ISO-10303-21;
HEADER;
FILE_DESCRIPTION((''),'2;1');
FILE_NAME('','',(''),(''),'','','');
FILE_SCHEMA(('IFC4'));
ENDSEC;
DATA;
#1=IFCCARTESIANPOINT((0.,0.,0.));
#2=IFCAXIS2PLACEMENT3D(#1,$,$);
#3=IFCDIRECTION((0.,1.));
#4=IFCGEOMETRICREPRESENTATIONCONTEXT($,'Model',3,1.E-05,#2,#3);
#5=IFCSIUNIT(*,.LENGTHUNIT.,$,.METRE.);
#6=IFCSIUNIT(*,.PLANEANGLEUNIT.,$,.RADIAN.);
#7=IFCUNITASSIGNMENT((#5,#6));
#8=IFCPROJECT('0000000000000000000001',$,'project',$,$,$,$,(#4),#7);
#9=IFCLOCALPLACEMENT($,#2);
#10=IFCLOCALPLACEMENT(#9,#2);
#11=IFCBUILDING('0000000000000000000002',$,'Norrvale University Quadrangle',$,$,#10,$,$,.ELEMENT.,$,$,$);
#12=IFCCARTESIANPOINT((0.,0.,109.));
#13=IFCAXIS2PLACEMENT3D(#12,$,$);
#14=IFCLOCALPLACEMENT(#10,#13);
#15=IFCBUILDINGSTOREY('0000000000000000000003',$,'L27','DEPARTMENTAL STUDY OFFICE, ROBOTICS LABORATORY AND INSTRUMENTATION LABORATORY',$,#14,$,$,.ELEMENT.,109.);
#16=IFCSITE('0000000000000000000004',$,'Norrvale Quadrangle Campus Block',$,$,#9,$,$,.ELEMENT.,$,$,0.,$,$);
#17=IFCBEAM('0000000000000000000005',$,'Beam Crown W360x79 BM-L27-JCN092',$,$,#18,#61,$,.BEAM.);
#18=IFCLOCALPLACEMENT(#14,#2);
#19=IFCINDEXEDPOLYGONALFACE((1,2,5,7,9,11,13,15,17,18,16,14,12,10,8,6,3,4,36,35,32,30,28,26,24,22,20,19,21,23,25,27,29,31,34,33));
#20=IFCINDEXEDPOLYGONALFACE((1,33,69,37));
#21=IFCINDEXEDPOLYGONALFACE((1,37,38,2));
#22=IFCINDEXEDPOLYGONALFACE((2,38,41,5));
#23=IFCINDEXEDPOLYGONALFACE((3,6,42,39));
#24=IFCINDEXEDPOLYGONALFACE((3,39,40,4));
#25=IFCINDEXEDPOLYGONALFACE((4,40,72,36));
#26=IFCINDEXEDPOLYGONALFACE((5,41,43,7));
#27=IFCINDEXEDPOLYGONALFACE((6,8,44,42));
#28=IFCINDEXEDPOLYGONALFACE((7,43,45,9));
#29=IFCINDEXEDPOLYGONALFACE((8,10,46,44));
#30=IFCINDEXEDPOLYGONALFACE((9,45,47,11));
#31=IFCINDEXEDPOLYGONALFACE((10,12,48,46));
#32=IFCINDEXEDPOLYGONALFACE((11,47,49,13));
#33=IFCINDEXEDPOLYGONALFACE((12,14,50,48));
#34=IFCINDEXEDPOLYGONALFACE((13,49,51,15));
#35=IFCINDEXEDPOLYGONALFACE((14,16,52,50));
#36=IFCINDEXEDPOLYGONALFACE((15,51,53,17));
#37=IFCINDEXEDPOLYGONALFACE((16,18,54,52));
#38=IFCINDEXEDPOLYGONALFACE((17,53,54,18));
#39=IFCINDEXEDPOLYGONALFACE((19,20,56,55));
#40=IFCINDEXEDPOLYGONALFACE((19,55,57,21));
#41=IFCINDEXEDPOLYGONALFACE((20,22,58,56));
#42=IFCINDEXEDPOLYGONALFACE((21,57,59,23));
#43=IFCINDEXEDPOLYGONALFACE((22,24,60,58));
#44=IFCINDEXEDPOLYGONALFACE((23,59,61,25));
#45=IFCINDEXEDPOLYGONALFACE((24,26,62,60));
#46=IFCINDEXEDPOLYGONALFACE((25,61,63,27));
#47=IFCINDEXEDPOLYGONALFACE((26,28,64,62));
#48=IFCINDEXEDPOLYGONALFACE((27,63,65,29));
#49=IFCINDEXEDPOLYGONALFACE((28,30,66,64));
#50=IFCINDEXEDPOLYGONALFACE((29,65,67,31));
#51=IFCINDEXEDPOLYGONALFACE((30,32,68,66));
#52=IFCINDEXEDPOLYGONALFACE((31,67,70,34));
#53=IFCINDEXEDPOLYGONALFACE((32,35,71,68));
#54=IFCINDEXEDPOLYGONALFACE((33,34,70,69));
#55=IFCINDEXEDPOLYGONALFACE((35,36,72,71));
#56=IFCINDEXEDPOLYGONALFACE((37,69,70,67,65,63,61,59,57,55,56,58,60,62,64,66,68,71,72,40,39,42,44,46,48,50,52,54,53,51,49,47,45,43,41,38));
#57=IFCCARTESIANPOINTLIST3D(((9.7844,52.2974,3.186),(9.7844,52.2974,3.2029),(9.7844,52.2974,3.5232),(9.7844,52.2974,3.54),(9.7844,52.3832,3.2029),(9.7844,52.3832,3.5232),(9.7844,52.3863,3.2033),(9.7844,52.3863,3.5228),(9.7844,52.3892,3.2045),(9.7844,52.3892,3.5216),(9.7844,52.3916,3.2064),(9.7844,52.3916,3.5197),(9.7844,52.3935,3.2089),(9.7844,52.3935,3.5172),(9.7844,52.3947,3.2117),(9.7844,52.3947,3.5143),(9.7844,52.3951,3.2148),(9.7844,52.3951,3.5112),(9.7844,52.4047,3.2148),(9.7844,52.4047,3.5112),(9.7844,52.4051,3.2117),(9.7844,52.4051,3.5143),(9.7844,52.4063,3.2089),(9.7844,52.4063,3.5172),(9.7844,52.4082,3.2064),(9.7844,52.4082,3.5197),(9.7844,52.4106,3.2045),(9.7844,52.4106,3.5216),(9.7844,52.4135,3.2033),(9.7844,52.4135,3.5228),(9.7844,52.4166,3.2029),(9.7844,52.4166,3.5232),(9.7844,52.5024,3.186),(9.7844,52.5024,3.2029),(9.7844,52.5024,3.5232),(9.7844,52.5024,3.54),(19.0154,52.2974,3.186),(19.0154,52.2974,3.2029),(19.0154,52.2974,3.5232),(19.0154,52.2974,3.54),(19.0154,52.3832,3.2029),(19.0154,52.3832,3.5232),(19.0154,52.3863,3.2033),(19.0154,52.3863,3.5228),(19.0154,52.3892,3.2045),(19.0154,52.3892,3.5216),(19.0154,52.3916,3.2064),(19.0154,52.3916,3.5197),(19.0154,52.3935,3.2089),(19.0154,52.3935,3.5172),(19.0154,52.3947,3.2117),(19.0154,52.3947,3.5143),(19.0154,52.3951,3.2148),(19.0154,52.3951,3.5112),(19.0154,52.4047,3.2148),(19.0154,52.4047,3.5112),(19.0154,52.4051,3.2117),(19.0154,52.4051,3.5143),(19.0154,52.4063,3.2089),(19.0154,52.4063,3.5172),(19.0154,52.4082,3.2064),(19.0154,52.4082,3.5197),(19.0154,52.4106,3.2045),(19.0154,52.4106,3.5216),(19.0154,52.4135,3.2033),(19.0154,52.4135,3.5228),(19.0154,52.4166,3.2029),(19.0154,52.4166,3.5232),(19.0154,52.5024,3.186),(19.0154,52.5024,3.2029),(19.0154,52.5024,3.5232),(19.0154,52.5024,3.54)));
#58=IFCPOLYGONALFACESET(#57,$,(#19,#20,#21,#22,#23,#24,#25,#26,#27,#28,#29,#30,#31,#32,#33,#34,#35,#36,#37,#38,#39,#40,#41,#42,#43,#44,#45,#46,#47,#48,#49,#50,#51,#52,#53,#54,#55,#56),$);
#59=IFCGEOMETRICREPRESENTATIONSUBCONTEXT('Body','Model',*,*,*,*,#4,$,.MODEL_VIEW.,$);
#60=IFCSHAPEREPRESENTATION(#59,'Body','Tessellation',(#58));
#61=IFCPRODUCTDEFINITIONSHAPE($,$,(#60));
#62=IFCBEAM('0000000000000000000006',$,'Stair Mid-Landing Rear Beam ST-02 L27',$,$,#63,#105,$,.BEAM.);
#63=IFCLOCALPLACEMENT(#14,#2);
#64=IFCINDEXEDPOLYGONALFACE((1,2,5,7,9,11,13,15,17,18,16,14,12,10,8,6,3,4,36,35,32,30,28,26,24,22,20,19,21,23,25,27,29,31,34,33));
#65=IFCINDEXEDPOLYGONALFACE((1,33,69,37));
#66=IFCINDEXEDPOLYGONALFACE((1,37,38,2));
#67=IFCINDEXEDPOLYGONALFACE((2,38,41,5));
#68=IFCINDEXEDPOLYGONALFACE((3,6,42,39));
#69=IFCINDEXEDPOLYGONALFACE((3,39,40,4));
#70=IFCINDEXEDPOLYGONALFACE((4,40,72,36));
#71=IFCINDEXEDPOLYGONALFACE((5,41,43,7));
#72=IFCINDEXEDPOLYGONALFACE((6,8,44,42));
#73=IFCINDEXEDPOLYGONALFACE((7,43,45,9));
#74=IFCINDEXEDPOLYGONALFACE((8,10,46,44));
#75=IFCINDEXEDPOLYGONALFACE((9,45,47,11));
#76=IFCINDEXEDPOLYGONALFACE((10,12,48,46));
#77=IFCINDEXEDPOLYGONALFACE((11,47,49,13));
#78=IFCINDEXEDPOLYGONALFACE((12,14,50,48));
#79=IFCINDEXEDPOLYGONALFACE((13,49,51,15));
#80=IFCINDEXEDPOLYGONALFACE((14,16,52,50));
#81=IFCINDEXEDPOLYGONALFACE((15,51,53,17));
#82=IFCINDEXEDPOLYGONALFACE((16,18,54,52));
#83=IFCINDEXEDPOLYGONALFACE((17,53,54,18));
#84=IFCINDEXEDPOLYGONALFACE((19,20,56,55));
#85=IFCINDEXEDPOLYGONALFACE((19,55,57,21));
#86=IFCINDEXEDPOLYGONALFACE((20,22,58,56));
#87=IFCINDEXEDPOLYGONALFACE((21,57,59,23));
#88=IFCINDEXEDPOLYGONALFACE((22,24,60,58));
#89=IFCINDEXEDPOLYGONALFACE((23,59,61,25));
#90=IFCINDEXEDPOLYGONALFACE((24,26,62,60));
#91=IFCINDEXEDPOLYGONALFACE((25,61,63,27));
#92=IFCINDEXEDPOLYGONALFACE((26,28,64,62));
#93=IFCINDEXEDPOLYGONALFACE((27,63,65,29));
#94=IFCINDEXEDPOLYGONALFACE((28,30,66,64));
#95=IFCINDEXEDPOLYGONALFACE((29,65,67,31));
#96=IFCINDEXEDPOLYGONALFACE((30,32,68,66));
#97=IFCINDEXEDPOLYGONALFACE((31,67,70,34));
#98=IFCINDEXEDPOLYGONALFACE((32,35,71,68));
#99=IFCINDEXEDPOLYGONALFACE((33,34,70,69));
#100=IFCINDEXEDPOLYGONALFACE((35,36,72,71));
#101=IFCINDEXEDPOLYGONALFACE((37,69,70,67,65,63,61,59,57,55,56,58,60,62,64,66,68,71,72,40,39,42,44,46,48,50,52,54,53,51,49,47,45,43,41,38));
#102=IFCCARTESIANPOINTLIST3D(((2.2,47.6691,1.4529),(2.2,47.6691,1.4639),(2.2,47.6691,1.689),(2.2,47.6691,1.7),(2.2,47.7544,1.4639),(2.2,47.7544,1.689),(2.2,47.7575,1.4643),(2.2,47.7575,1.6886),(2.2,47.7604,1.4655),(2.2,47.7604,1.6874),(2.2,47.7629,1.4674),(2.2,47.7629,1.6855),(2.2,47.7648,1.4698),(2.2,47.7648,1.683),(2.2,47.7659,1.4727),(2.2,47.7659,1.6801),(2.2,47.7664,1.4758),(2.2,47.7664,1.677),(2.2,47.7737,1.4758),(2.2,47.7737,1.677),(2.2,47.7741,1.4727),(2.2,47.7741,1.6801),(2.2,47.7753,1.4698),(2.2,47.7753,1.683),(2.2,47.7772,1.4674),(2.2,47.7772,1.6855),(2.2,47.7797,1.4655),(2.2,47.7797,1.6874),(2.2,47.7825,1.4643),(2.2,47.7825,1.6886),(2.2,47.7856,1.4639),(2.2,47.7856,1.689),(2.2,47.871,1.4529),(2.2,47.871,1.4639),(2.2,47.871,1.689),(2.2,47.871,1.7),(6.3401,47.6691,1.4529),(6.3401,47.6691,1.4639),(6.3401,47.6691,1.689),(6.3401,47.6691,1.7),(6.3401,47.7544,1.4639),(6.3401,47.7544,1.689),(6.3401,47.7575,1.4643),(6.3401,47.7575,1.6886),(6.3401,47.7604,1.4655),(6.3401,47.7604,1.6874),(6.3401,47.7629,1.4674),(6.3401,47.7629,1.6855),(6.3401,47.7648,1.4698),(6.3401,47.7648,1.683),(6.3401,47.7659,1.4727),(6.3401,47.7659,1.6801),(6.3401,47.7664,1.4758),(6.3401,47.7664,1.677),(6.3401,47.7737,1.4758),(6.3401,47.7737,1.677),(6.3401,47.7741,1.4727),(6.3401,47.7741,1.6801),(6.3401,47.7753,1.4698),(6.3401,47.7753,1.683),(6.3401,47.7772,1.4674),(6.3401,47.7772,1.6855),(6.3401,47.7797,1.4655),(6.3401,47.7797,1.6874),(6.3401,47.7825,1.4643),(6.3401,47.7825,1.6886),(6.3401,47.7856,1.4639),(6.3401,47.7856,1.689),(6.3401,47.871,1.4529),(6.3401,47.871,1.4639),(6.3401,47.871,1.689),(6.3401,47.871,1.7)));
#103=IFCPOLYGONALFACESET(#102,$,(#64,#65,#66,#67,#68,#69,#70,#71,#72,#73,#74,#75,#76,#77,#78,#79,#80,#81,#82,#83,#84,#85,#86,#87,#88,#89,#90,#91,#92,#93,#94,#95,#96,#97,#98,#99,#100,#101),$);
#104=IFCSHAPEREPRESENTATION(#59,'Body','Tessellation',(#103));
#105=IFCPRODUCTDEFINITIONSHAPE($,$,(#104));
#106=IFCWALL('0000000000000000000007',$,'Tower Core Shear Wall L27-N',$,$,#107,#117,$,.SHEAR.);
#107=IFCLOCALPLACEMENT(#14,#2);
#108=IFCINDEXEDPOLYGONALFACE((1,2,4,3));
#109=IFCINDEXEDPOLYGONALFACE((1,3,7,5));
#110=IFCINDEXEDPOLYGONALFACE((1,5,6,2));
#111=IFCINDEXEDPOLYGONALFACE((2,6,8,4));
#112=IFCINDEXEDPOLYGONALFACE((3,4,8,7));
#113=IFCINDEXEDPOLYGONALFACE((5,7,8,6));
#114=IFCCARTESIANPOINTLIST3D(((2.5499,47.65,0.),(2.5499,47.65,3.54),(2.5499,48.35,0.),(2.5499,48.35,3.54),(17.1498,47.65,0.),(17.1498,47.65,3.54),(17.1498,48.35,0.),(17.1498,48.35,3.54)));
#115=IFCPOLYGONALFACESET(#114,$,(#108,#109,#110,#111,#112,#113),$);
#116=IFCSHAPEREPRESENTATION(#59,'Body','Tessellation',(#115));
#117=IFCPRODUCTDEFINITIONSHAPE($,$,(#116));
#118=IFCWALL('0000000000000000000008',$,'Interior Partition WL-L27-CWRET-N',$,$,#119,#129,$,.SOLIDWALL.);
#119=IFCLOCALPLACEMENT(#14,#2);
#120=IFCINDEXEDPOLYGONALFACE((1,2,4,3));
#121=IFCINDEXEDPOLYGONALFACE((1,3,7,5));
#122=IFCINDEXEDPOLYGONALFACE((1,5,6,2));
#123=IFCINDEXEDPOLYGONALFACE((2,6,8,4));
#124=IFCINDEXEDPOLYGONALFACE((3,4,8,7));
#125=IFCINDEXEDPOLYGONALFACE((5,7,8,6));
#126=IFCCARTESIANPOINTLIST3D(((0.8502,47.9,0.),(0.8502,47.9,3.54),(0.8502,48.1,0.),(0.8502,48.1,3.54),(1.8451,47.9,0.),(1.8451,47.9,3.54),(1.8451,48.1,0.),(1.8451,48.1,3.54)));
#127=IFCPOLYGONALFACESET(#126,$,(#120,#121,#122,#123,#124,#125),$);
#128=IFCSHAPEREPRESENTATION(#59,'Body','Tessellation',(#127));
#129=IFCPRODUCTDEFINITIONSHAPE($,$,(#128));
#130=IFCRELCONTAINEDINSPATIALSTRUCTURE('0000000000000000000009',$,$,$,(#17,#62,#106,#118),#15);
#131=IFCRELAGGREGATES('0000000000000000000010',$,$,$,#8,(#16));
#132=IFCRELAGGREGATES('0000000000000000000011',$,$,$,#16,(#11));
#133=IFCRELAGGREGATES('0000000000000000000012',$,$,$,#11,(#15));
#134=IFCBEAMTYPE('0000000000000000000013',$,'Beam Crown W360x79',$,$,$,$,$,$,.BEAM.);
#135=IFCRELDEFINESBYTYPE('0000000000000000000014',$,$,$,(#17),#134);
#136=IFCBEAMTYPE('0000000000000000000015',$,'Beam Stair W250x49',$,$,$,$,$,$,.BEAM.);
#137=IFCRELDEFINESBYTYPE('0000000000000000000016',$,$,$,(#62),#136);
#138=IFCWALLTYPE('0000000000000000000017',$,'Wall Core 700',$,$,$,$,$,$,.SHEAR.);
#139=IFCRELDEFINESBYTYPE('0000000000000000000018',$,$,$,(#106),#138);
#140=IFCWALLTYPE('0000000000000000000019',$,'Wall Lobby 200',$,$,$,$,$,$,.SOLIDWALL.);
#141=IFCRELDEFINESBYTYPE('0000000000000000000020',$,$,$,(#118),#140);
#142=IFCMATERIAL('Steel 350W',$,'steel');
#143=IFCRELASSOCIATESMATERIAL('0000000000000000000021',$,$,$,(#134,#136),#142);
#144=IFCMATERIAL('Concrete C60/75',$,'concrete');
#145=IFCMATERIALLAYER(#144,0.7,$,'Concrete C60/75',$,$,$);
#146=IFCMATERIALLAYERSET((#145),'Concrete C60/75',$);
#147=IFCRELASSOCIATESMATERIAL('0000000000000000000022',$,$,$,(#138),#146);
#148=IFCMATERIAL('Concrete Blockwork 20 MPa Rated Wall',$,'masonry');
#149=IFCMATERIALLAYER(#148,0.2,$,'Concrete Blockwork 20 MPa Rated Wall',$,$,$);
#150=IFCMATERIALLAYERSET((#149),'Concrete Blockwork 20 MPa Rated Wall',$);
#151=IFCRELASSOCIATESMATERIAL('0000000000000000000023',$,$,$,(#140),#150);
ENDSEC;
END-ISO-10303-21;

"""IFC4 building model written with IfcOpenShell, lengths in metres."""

from ifc_helpers import new_model, si_unit, direction, frame, frame_2d, origin, origin_2d, place, context, subcontext, project, spatial, rectangle, i_section, extrude, material, layer, layer_set, material_profile, profile_set, type_object, element, save


model = new_model("IFC4")

# Units and contexts
model_context = context("Model", 3, precision=1e-05, world=origin(), true_north=direction((0.0, 1.0)))
body_context = subcontext(model_context, "Body", "Model", "MODEL_VIEW")
ifc_project = project(units=[si_unit("LENGTHUNIT", "METRE"), si_unit("PLANEANGLEUNIT", "RADIAN")], contexts=[model_context])

# Site, building, storey
site_placement = place(None, origin())
site = spatial("IfcSite", under=ifc_project, at=site_placement, Name="Norrvale Quadrangle Campus Block", CompositionType="ELEMENT", RefElevation=0.0)
building_placement = place(site_placement, origin())
building = spatial("IfcBuilding", under=site, at=building_placement, Name="Norrvale University Quadrangle", CompositionType="ELEMENT")
storey_placement = place(building_placement, frame((0.0, 0.0, 109.0)))
storey = spatial("IfcBuildingStorey", under=building, at=storey_placement, Name="L27", Description="DEPARTMENTAL STUDY OFFICE, ROBOTICS LABORATORY AND INSTRUMENTATION LABORATORY", CompositionType="ELEMENT", Elevation=109.0)

# Shared definitions
ifc_material_1 = material(Name="Concrete C60/75", Category="concrete")

# Beams
ifc_material_2 = material(Name="Steel 350W", Category="steel")
ifc_material_profile_1 = material_profile(ifc_material_2, i_section(OverallWidth=0.2051, OverallDepth=0.354, WebThickness=0.0095, FlangeThickness=0.0168, FilletRadius=0.012, at=origin_2d()), Name="Steel 350W")
ifc_profile_set_1 = profile_set([ifc_material_profile_1], Name="Steel 350W")
beam_type_1 = type_object("IfcBeamType", Name="Beam Crown W360x79", PredefinedType="BEAM", material=ifc_profile_set_1)
beam_1_placement = place(storey_placement, frame((9.7844, 52.3999, 3.363), z_axis=(1.0, 0.0, 0.0), x_axis=(0.0, 1.0, 0.0)))
element("IfcBeam", 1, at=beam_1_placement, inside=storey, type_object=beam_type_1, Name="Beam Crown W360x79 BM-L27-JCN092", PredefinedType="BEAM", context=body_context, shape_type="SweptSolid", body=[
    extrude(i_section(OverallWidth=0.2051, OverallDepth=0.354, WebThickness=0.0095, FlangeThickness=0.0168, FilletRadius=0.012, at=origin_2d()), origin(), (0.0, 0.0, 1.0), 9.231),
])
ifc_material_profile_2 = material_profile(ifc_material_2, i_section(OverallWidth=0.2019, OverallDepth=0.2471, WebThickness=0.0073, FlangeThickness=0.011, FilletRadius=0.012, at=origin_2d()), Name="Steel 350W")
ifc_profile_set_2 = profile_set([ifc_material_profile_2], Name="Steel 350W")
beam_type_2 = type_object("IfcBeamType", Name="Beam Stair W250x49", PredefinedType="BEAM", material=ifc_profile_set_2)
beam_2_placement = place(storey_placement, frame((2.2, 47.77, 1.5764), z_axis=(1.0, 0.0, 0.0), x_axis=(0.0, 1.0, 0.0)))
element("IfcBeam", 2, at=beam_2_placement, inside=storey, type_object=beam_type_2, Name="Stair Mid-Landing Rear Beam ST-02 L27", PredefinedType="BEAM", context=body_context, shape_type="SweptSolid", body=[
    extrude(i_section(OverallWidth=0.2019, OverallDepth=0.2471, WebThickness=0.0073, FlangeThickness=0.011, FilletRadius=0.012, at=origin_2d()), origin(), (0.0, 0.0, 1.0), 4.1401),
])

# Walls
ifc_layer_1 = layer(ifc_material_1, 0.7, Name="Concrete C60/75")
ifc_layer_set_1 = layer_set([ifc_layer_1], Name="Concrete C60/75")
wall_type_1 = type_object("IfcWallType", Name="Wall Core 700", PredefinedType="SHEAR", material=ifc_layer_set_1)
wall_1_placement = place(storey_placement, frame((2.55, 48.0, 0.0), z_axis=(0.0, 0.0, 1.0), x_axis=(1.0, 0.0, 0.0)))
element("IfcWall", 3, at=wall_1_placement, inside=storey, type_object=wall_type_1, Name="Tower Core Shear Wall L27-N", PredefinedType="SHEAR", context=body_context, shape_type="SweptSolid", body=[
    extrude(rectangle(XDim=14.5999, YDim=0.7, at=frame_2d((7.2998, 0.0))), origin(), (0.0, 0.0, 1.0), 3.54),
])
ifc_material_3 = material(Name="Concrete Blockwork 20 MPa Rated Wall", Category="masonry")
ifc_layer_2 = layer(ifc_material_3, 0.2, Name="Concrete Blockwork 20 MPa Rated Wall")
ifc_layer_set_2 = layer_set([ifc_layer_2], Name="Concrete Blockwork 20 MPa Rated Wall")
wall_type_2 = type_object("IfcWallType", Name="Wall Lobby 200", PredefinedType="SOLIDWALL", material=ifc_layer_set_2)
wall_2_placement = place(storey_placement, frame((0.8501, 48.0, 0.0), z_axis=(0.0, 0.0, 1.0), x_axis=(1.0, 0.0, 0.0)))
element("IfcWall", 4, at=wall_2_placement, inside=storey, type_object=wall_type_2, Name="Interior Partition WL-L27-CWRET-N", PredefinedType="SOLIDWALL", context=body_context, shape_type="SweptSolid", body=[
    extrude(rectangle(XDim=0.9949, YDim=0.2, at=frame_2d((0.4976, 0.0))), origin(), (0.0, 0.0, 1.0), 3.54),
])

save(model, "model.ifc")
